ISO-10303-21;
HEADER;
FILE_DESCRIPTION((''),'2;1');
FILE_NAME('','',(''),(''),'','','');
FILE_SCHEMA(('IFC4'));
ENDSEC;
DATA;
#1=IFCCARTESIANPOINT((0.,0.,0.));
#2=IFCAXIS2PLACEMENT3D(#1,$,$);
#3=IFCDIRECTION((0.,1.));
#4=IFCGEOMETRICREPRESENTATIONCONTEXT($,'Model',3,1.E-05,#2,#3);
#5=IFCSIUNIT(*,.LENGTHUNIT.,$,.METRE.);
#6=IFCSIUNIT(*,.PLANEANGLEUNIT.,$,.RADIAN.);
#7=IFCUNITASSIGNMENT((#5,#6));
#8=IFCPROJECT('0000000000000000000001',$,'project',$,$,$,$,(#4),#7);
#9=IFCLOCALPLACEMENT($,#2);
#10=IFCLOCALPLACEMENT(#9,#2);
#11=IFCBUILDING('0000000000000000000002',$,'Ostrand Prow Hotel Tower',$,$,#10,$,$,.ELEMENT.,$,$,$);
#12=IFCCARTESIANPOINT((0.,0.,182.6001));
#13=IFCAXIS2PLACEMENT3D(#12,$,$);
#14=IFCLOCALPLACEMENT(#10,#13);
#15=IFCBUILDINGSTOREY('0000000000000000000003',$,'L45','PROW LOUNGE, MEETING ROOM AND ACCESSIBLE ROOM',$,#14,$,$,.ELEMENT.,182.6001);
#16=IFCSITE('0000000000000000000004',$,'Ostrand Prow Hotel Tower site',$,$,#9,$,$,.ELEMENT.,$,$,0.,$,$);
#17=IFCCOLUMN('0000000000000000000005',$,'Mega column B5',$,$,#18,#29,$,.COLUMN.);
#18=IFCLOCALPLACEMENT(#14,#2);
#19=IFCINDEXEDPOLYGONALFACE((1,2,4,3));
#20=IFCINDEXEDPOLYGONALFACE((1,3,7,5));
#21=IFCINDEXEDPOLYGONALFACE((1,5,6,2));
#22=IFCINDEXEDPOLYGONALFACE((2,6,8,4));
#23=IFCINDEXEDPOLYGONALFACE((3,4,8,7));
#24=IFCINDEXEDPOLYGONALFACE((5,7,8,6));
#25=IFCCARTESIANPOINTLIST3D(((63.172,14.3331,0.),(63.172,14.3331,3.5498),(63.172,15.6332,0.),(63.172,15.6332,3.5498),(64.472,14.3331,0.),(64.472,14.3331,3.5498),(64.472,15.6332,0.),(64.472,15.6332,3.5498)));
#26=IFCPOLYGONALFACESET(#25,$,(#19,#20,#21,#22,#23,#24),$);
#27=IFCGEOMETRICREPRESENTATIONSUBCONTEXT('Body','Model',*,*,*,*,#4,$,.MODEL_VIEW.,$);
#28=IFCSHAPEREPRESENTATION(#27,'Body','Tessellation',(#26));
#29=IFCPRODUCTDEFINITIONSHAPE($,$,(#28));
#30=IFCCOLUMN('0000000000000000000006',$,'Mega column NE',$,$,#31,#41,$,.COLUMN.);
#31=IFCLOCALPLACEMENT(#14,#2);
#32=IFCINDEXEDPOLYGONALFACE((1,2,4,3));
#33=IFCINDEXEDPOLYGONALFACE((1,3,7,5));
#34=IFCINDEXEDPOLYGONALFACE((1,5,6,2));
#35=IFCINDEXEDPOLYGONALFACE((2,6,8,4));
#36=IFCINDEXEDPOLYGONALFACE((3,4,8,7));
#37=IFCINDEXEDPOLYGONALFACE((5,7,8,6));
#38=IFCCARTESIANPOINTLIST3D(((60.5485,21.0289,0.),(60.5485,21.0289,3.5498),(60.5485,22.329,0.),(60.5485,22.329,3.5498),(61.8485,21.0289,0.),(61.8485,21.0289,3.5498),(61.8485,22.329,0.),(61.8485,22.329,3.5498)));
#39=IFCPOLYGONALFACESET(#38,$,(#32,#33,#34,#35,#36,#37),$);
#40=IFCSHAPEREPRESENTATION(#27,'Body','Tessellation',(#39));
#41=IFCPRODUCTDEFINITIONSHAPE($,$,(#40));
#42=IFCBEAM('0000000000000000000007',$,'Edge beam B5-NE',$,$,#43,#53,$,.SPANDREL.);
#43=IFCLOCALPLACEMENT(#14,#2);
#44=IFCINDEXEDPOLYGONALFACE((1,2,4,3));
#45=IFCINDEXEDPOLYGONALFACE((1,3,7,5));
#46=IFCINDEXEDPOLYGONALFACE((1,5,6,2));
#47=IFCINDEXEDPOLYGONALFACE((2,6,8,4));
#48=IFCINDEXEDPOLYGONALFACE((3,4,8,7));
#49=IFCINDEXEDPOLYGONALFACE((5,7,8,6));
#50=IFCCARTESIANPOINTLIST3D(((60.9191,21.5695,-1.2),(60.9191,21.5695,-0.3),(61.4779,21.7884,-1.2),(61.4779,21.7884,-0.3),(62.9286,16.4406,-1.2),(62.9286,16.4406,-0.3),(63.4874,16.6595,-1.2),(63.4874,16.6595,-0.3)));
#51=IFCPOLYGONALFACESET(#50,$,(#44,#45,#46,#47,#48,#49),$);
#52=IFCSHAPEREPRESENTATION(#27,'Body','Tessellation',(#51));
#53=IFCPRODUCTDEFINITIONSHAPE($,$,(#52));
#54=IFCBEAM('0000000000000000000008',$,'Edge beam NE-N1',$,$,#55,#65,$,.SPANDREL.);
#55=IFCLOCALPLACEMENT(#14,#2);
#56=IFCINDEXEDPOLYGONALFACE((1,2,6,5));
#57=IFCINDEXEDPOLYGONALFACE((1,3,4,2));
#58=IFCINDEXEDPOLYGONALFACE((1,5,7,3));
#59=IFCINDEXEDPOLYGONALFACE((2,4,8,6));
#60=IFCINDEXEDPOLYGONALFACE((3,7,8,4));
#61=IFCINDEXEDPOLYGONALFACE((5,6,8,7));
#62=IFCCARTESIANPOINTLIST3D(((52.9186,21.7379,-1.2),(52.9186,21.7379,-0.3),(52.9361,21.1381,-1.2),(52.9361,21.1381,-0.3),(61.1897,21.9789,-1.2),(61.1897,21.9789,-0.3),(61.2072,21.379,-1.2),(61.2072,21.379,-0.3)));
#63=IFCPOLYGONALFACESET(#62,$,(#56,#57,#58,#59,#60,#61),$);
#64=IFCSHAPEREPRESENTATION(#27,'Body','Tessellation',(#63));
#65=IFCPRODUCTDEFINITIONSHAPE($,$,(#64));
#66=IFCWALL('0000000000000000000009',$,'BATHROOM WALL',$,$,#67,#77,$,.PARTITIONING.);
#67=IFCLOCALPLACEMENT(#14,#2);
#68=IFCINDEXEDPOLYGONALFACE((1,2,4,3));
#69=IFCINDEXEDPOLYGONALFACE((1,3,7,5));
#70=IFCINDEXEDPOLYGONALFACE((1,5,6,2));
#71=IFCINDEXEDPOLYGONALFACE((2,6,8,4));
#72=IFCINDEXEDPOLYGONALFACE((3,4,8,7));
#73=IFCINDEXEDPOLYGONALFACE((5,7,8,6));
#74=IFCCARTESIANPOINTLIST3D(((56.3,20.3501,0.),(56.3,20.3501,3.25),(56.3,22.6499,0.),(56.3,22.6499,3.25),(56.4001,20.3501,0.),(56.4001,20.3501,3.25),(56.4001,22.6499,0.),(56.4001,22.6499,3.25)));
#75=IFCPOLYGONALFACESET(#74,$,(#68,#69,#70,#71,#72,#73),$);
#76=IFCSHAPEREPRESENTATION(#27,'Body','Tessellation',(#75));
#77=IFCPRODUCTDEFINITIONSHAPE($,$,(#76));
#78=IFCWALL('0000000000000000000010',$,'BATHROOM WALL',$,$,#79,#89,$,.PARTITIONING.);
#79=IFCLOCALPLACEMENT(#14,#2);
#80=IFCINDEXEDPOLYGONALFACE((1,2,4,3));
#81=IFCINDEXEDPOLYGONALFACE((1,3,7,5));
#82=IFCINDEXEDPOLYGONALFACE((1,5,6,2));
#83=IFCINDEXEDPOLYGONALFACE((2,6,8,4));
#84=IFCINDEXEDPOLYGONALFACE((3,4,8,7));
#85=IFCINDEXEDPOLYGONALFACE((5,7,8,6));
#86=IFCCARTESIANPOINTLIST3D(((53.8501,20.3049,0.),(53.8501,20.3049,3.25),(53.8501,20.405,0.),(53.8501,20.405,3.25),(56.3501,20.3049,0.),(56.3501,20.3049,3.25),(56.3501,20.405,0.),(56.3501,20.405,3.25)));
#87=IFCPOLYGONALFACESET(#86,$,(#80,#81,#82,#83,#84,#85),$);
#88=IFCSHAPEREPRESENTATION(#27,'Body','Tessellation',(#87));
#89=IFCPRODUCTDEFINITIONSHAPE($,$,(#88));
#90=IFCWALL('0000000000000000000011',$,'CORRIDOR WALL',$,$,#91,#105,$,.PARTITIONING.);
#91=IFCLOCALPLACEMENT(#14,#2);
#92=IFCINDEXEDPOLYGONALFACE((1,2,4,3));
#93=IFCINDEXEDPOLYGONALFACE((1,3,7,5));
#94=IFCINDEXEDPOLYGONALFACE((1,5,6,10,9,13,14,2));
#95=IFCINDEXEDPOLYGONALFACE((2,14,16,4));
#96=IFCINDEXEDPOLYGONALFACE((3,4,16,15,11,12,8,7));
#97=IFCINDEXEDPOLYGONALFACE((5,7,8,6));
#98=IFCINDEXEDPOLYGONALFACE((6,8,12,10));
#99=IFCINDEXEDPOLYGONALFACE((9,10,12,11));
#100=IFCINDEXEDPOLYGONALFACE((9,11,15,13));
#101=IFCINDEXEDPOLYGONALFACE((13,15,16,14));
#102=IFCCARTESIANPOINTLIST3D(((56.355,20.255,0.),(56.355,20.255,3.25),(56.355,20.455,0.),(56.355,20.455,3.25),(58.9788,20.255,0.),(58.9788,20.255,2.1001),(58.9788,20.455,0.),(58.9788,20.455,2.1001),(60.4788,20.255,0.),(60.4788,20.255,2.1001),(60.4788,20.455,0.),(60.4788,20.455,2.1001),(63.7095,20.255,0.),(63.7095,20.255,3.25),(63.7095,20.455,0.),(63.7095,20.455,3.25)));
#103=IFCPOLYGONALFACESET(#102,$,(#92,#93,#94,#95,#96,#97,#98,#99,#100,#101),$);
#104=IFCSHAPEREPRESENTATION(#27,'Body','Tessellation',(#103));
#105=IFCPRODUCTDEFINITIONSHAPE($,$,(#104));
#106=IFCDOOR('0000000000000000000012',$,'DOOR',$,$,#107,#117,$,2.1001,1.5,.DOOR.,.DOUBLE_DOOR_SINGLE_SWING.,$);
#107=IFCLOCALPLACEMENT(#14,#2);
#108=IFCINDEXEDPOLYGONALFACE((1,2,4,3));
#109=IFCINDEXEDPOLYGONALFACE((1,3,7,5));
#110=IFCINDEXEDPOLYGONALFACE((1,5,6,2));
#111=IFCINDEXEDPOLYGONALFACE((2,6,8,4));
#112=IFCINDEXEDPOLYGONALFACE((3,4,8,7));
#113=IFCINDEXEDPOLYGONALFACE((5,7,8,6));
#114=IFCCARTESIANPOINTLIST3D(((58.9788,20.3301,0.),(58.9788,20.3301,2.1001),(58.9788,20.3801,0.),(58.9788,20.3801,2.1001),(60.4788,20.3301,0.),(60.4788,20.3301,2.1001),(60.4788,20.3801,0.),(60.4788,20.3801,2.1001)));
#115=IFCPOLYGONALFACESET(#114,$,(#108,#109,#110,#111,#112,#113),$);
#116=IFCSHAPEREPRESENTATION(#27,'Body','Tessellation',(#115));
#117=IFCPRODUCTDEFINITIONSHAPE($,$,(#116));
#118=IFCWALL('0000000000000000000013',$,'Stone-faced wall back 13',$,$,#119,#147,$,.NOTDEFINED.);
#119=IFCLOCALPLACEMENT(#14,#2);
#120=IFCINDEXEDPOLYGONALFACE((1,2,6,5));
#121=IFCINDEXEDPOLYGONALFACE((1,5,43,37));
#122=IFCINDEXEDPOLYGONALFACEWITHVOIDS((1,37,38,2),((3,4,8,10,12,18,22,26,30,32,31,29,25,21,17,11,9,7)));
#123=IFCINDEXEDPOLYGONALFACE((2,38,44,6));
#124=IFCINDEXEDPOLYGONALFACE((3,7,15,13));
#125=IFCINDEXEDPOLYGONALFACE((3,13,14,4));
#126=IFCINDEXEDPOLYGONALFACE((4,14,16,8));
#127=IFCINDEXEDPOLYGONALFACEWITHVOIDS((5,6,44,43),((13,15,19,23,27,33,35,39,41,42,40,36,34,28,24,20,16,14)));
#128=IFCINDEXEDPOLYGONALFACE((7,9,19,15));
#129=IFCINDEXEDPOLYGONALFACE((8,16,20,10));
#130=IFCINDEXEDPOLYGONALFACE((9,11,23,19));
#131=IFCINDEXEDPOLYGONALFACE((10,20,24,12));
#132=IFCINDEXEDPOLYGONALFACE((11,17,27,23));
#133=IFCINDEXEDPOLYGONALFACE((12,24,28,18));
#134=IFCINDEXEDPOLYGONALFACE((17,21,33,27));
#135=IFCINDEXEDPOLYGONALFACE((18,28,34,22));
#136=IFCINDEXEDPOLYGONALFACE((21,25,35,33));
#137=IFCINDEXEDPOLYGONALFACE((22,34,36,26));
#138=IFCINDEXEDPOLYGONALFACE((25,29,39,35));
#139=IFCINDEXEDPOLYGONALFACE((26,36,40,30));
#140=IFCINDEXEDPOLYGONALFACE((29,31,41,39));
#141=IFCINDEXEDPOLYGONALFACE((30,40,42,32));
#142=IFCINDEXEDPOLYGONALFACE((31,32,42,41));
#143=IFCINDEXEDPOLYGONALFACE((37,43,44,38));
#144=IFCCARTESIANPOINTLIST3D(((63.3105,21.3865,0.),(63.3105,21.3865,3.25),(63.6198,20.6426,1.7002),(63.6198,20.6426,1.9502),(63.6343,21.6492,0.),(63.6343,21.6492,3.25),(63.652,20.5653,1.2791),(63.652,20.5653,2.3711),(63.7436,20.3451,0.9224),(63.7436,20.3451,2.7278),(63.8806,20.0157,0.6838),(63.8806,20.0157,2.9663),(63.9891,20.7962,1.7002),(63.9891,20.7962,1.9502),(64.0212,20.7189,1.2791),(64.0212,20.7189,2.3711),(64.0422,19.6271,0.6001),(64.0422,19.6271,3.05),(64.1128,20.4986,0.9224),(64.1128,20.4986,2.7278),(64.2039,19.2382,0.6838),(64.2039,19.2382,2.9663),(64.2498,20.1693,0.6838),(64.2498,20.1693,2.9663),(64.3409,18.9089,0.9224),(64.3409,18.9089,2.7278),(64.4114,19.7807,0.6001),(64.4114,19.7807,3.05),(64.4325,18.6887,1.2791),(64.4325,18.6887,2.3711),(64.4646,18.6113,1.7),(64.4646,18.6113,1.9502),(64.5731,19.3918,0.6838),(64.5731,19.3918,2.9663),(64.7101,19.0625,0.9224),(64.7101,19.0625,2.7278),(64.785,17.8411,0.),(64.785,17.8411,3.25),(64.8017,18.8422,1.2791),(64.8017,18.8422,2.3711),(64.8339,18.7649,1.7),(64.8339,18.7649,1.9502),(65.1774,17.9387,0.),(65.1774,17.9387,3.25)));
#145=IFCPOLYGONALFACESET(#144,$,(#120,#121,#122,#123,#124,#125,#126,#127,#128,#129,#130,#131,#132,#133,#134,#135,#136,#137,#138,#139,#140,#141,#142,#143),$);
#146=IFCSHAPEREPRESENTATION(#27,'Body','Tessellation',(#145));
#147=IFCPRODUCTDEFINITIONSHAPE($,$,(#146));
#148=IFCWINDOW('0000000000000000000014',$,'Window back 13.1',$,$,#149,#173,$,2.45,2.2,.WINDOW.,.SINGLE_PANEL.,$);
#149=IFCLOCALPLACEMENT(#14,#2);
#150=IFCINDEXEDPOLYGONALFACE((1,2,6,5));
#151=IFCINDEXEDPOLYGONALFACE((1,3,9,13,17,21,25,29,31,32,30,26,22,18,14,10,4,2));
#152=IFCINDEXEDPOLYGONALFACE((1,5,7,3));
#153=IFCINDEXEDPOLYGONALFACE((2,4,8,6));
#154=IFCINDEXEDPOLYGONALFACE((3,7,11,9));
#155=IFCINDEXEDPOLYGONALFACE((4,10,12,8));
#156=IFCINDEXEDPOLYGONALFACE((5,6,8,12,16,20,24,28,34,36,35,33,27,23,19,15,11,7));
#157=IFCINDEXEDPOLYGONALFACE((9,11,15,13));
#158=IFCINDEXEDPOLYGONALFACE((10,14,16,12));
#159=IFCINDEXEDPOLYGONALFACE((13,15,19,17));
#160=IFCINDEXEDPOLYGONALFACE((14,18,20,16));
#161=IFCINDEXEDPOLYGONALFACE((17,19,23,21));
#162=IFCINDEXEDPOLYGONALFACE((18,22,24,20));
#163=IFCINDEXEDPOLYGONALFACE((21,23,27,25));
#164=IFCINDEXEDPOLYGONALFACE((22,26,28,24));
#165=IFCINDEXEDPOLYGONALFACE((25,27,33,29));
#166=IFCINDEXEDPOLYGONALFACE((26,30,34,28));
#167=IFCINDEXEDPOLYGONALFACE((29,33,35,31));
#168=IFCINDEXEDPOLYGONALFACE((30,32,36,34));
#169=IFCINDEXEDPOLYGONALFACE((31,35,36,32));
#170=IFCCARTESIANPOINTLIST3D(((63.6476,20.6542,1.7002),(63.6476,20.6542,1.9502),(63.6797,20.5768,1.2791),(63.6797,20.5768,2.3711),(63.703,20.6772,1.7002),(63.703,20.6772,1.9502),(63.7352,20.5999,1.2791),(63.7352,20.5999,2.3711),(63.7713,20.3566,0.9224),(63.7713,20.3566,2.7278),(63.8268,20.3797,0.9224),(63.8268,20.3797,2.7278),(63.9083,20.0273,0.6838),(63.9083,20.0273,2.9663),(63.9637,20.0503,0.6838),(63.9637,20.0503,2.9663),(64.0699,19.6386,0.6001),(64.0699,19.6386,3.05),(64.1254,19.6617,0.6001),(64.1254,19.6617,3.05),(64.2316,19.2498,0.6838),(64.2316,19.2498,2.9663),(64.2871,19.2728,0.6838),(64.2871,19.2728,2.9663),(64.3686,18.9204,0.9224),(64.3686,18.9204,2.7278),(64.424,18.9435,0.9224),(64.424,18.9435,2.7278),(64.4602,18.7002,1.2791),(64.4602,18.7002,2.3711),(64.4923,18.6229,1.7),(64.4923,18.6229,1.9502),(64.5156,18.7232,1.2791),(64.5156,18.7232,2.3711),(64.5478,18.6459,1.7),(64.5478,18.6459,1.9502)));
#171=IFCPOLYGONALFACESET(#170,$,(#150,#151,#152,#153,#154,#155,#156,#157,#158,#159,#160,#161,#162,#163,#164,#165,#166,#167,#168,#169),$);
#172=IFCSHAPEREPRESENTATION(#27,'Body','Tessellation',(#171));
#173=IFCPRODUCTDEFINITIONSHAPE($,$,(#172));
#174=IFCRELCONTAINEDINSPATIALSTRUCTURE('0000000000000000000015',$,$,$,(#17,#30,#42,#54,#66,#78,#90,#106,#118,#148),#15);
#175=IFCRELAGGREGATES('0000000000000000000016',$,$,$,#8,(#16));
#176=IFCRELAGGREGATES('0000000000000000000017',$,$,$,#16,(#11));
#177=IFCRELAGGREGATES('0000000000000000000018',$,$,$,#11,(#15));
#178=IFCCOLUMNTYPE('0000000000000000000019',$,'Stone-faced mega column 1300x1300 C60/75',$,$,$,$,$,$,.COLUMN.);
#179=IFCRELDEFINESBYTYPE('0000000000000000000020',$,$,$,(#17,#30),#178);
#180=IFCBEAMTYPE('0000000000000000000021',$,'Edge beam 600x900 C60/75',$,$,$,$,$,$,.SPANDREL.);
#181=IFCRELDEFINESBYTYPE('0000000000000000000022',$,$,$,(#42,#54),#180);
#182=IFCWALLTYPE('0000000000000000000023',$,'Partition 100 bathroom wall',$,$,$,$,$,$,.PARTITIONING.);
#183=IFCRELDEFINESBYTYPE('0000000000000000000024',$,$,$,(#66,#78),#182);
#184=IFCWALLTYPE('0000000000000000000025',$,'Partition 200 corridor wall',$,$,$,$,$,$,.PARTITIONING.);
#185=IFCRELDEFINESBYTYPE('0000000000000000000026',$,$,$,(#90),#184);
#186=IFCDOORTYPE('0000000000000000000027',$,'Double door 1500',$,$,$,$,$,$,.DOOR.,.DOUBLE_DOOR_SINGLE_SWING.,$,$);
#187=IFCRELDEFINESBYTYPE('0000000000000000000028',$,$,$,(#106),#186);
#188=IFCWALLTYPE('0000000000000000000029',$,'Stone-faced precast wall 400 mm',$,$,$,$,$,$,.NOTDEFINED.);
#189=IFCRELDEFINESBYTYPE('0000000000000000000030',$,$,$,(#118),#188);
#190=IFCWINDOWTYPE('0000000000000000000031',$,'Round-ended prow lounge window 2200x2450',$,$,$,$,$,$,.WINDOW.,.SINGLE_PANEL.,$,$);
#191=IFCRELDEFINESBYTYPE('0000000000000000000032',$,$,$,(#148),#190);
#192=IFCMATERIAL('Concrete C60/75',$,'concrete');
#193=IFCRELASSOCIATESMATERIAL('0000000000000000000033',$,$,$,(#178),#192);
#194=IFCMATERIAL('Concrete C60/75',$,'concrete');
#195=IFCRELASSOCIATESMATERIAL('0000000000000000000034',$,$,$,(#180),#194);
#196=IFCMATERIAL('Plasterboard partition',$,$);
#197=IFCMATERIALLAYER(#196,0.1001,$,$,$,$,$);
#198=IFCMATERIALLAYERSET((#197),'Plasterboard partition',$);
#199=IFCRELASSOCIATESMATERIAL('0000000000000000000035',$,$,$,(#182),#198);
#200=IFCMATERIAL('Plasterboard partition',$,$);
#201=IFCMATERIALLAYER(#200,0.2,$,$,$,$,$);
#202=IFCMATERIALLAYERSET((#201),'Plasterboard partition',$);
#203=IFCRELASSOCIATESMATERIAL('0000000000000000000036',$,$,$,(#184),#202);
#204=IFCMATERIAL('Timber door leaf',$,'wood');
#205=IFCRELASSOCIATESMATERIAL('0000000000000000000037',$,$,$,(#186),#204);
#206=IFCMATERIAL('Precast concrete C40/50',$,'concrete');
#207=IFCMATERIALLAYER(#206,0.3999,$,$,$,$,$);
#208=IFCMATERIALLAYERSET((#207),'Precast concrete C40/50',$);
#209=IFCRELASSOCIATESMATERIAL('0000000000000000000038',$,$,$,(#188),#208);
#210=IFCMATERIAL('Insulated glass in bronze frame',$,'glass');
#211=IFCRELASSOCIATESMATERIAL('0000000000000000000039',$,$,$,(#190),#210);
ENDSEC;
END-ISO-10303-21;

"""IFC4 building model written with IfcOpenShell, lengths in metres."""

from ifc_helpers import new_model, si_unit, direction, frame, frame_2d, origin, origin_2d, place, context, subcontext, project, spatial, polyline, rectangle, outline, extrude, material, layer, layer_set, material_profile, profile_set, type_object, element, fill, save


model = new_model("IFC4")

# Units and contexts
model_context = context("Model", 3, precision=1e-05, world=origin(), true_north=direction((0.0, 1.0)))
body_context = subcontext(model_context, "Body", "Model", "MODEL_VIEW")
ifc_project = project(units=[si_unit("LENGTHUNIT", "METRE"), si_unit("PLANEANGLEUNIT", "RADIAN")], contexts=[model_context])

# Site, building, storey
site_placement = place(None, origin())
site = spatial("IfcSite", under=ifc_project, at=site_placement, Name="Ostrand Prow Hotel Tower site", CompositionType="ELEMENT", RefElevation=0.0)
building_placement = place(site_placement, origin())
building = spatial("IfcBuilding", under=site, at=building_placement, Name="Ostrand Prow Hotel Tower", CompositionType="ELEMENT")
storey_placement = place(building_placement, frame((0.0, 0.0, 182.6001)))
storey = spatial("IfcBuildingStorey", under=building, at=storey_placement, Name="L45", Description="PROW LOUNGE, MEETING ROOM AND ACCESSIBLE ROOM", CompositionType="ELEMENT", Elevation=182.6001)

# Columns
ifc_material_1 = material(Name="Concrete C60/75", Category="concrete")
ifc_material_profile_1 = material_profile(ifc_material_1, rectangle(XDim=1.3, YDim=1.3, at=origin_2d()), Name="RC 1300x1300")
ifc_profile_set_1 = profile_set([ifc_material_profile_1], Name="Concrete C60/75")
column_type = type_object("IfcColumnType", Name="Stone-faced mega column 1300x1300 C60/75", PredefinedType="COLUMN", material=ifc_profile_set_1)
for number, where, z_axis, x_axis, name in (
    (1, (63.822, 14.9832, 0.0), (0.0, 0.0, 1.0), (1.0, 0.0, 0.0), "Mega column B5"),
    (2, (61.1985, 21.679, 0.0), (0.0, 0.0, 1.0), (1.0, 0.0, 0.0), "Mega column NE"),
):
    element("IfcColumn", number, at=place(storey_placement, frame(where, z_axis=z_axis, x_axis=x_axis)), inside=storey, type_object=column_type, Name=name, PredefinedType="COLUMN", context=body_context, shape_type="SweptSolid", body=[
        extrude(rectangle(XDim=1.3, YDim=1.3, at=origin_2d()), origin(), (0.0, 0.0, 1.0), 3.5498),
    ])

# Beams
ifc_material_2 = material(Name="Concrete C60/75", Category="concrete")
ifc_material_profile_2 = material_profile(ifc_material_2, rectangle(XDim=0.6001, YDim=0.8999, at=origin_2d()), Name="RC 600x900")
ifc_profile_set_2 = profile_set([ifc_material_profile_2], Name="Concrete C60/75")
beam_type = type_object("IfcBeamType", Name="Edge beam 600x900 C60/75", PredefinedType="SPANDREL", material=ifc_profile_set_2)
beam_1_placement = place(storey_placement, frame((63.208, 16.55, -0.75), z_axis=(-0.364802, 0.931085, 0.0), x_axis=(-0.931085, -0.364802, 0.0)))
element("IfcBeam", 3, at=beam_1_placement, inside=storey, type_object=beam_type, Name="Edge beam B5-NE", PredefinedType="SPANDREL", context=body_context, shape_type="SweptSolid", body=[
    extrude(rectangle(XDim=0.6001, YDim=0.8999, at=origin_2d()), origin(), (0.0, 0.0, 1.0), 5.5085),
])
beam_2_placement = place(storey_placement, frame((61.1985, 21.679, -0.75), z_axis=(-0.999576, -0.029121, 0.0), x_axis=(0.029121, -0.999576, 0.0)))
element("IfcBeam", 4, at=beam_2_placement, inside=storey, type_object=beam_type, Name="Edge beam NE-N1", PredefinedType="SPANDREL", context=body_context, shape_type="SweptSolid", body=[
    extrude(rectangle(XDim=0.6001, YDim=0.8999, at=origin_2d()), origin(), (0.0, 0.0, 1.0), 8.2747),
])

# Walls
ifc_material_3 = material(Name="Plasterboard partition")
ifc_layer_1 = layer(ifc_material_3, 0.1001)
ifc_layer_set_1 = layer_set([ifc_layer_1], Name="Plasterboard partition")
wall_type_1 = type_object("IfcWallType", Name="Partition 100 bathroom wall", PredefinedType="PARTITIONING", material=ifc_layer_set_1)
wall_1_placement = place(storey_placement, frame((56.3501, 22.6499, 0.0), z_axis=(0.0, 0.0, 1.0), x_axis=(0.0, -1.0, 0.0)))
element("IfcWall", 5, at=wall_1_placement, inside=storey, type_object=wall_type_1, Name="BATHROOM WALL", PredefinedType="PARTITIONING", context=body_context, shape_type="SweptSolid", body=[
    extrude(rectangle(XDim=2.2998, YDim=0.1001, at=frame_2d((1.1499, 0.0))), origin(), (0.0, 0.0, 1.0), 3.25),
])
wall_2_placement = place(storey_placement, frame((56.3501, 20.355, 0.0), z_axis=(0.0, 0.0, 1.0), x_axis=(-1.0, 0.0, 0.0)))
element("IfcWall", 6, at=wall_2_placement, inside=storey, type_object=wall_type_1, Name="BATHROOM WALL", PredefinedType="PARTITIONING", context=body_context, shape_type="SweptSolid", body=[
    extrude(rectangle(XDim=2.5, YDim=0.1001, at=frame_2d((1.25, 0.0))), origin(), (0.0, 0.0, 1.0), 3.25),
])

# Wall, opening, door
ifc_material_4 = material(Name="Plasterboard partition")
ifc_layer_2 = layer(ifc_material_4, 0.2)
ifc_layer_set_2 = layer_set([ifc_layer_2], Name="Plasterboard partition")
wall_type_2 = type_object("IfcWallType", Name="Partition 200 corridor wall", PredefinedType="PARTITIONING", material=ifc_layer_set_2)
wall_3_placement = place(storey_placement, frame((63.7095, 20.355, 0.0), z_axis=(0.0, 0.0, 1.0), x_axis=(-1.0, 0.0, 0.0)))
wall_3 = element("IfcWall", 7, at=wall_3_placement, inside=storey, type_object=wall_type_2, Name="CORRIDOR WALL", PredefinedType="PARTITIONING", context=body_context, shape_type="SweptSolid", body=[
    extrude(rectangle(XDim=7.3545, YDim=0.2, at=frame_2d((3.6772, 0.0))), origin(), (0.0, 0.0, 1.0), 3.25),
])
opening_1_placement = place(wall_3_placement, frame((3.2307, 0.0, 0.0)))
opening_1 = element("IfcOpeningElement", 8, at=opening_1_placement, cuts=wall_3, PredefinedType="OPENING", context=body_context, shape_type="SweptSolid", body=[
    extrude(rectangle(XDim=1.5, YDim=2.1001, at=frame_2d((0.75, 1.05))), frame((0.0, 0.1099, 0.0), z_axis=(0.0, -1.0, 0.0), x_axis=(1.0, 0.0, 0.0)), (0.0, 0.0, 1.0), 0.22),
])
ifc_material_5 = material(Name="Timber door leaf", Category="wood")
door_type = type_object("IfcDoorType", Name="Double door 1500", OperationType="DOUBLE_DOOR_SINGLE_SWING", PredefinedType="DOOR", material=ifc_material_5)
door_placement = place(opening_1_placement, origin())
door = element("IfcDoor", 9, at=door_placement, inside=storey, type_object=door_type, Name="DOOR", OperationType="DOUBLE_DOOR_SINGLE_SWING", OverallHeight=2.1001, OverallWidth=1.5, PredefinedType="DOOR", context=body_context, shape_type="SweptSolid", body=[
    extrude(rectangle(XDim=1.5, YDim=2.1001, at=frame_2d((0.75, 1.05))), frame((0.0, 0.0249, 0.0), z_axis=(0.0, -1.0, 0.0), x_axis=(1.0, 0.0, 0.0)), (0.0, 0.0, 1.0), 0.05),
])
fill(opening_1, door)

# Wall, opening, window
ifc_material_6 = material(Name="Precast concrete C40/50", Category="concrete")
ifc_layer_3 = layer(ifc_material_6, 0.3999)
ifc_layer_set_3 = layer_set([ifc_layer_3], Name="Precast concrete C40/50")
wall_type_3 = type_object("IfcWallType", Name="Stone-faced precast wall 400 mm", PredefinedType="NOTDEFINED", material=ifc_layer_set_3)
wall_4_placement = place(storey_placement, frame((64.9812, 17.8899, 0.0), z_axis=(0.0, 0.0, 1.0), x_axis=(-0.383998, 0.923334, 0.0)))
wall_4 = element("IfcWall", 10, at=wall_4_placement, inside=storey, type_object=wall_type_3, Name="Stone-faced wall back 13", PredefinedType="NOTDEFINED", context=body_context, shape_type="SweptSolid", body=[
    extrude(outline(polyline([(-0.0303, -0.2), (3.9883, -0.2), (3.8701, 0.2), (0.0303, 0.2), (-0.0303, -0.2)])), origin(), (0.0, 0.0, 1.0), 3.25),
])
opening_2_placement = place(wall_4_placement, frame((0.8645, 0.0, 0.6001)))
opening_2 = element("IfcOpeningElement", 11, at=opening_2_placement, cuts=wall_4, PredefinedType="OPENING", context=body_context, shape_type="SweptSolid", body=[
    extrude(outline(polyline([(0.0, 1.3501), (0.0837, 1.771), (0.3223, 2.1277), (0.679, 2.3662), (1.1001, 2.45), (1.521, 2.3662), (1.8777, 2.1277), (2.1162, 1.771), (2.2, 1.3501), (2.2, 1.1001), (2.1162, 0.679), (1.8777, 0.3223), (1.521, 0.0837), (1.1001, 0.0), (0.679, 0.0837), (0.3223, 0.3223), (0.0837, 0.679), (0.0, 1.0999), (0.0, 1.3501)])), frame((0.0, 0.21, 0.0), z_axis=(0.0, -1.0, 0.0), x_axis=(1.0, 0.0, 0.0)), (0.0, 0.0, 1.0), 0.4199),
])
ifc_material_7 = material(Name="Insulated glass in bronze frame", Category="glass")
window_type = type_object("IfcWindowType", Name="Round-ended prow lounge window 2200x2450", PartitioningType="SINGLE_PANEL", PredefinedType="WINDOW", material=ifc_material_7)
window_1_placement = place(opening_2_placement, origin())
window_1 = element("IfcWindow", 12, at=window_1_placement, inside=storey, type_object=window_type, Name="Window back 13.1", OverallHeight=2.45, OverallWidth=2.2, PartitioningType="SINGLE_PANEL", PredefinedType="WINDOW", context=body_context, shape_type="SweptSolid", body=[
    extrude(outline(polyline([(0.0, 1.3501), (0.0837, 1.771), (0.3223, 2.1277), (0.679, 2.3662), (1.1001, 2.45), (1.521, 2.3662), (1.8777, 2.1277), (2.1162, 1.771), (2.2, 1.3501), (2.2, 1.1001), (2.1162, 0.679), (1.8777, 0.3223), (1.521, 0.0837), (1.1001, 0.0), (0.679, 0.0837), (0.3223, 0.3223), (0.0837, 0.679), (0.0, 1.0999), (0.0, 1.3501)])), frame((0.0, 0.1699, 0.0), z_axis=(0.0, -1.0, 0.0), x_axis=(1.0, 0.0, 0.0)), (0.0, 0.0, 1.0), 0.0601),
])
fill(opening_2, window_1)

save(model, "model.ifc")
